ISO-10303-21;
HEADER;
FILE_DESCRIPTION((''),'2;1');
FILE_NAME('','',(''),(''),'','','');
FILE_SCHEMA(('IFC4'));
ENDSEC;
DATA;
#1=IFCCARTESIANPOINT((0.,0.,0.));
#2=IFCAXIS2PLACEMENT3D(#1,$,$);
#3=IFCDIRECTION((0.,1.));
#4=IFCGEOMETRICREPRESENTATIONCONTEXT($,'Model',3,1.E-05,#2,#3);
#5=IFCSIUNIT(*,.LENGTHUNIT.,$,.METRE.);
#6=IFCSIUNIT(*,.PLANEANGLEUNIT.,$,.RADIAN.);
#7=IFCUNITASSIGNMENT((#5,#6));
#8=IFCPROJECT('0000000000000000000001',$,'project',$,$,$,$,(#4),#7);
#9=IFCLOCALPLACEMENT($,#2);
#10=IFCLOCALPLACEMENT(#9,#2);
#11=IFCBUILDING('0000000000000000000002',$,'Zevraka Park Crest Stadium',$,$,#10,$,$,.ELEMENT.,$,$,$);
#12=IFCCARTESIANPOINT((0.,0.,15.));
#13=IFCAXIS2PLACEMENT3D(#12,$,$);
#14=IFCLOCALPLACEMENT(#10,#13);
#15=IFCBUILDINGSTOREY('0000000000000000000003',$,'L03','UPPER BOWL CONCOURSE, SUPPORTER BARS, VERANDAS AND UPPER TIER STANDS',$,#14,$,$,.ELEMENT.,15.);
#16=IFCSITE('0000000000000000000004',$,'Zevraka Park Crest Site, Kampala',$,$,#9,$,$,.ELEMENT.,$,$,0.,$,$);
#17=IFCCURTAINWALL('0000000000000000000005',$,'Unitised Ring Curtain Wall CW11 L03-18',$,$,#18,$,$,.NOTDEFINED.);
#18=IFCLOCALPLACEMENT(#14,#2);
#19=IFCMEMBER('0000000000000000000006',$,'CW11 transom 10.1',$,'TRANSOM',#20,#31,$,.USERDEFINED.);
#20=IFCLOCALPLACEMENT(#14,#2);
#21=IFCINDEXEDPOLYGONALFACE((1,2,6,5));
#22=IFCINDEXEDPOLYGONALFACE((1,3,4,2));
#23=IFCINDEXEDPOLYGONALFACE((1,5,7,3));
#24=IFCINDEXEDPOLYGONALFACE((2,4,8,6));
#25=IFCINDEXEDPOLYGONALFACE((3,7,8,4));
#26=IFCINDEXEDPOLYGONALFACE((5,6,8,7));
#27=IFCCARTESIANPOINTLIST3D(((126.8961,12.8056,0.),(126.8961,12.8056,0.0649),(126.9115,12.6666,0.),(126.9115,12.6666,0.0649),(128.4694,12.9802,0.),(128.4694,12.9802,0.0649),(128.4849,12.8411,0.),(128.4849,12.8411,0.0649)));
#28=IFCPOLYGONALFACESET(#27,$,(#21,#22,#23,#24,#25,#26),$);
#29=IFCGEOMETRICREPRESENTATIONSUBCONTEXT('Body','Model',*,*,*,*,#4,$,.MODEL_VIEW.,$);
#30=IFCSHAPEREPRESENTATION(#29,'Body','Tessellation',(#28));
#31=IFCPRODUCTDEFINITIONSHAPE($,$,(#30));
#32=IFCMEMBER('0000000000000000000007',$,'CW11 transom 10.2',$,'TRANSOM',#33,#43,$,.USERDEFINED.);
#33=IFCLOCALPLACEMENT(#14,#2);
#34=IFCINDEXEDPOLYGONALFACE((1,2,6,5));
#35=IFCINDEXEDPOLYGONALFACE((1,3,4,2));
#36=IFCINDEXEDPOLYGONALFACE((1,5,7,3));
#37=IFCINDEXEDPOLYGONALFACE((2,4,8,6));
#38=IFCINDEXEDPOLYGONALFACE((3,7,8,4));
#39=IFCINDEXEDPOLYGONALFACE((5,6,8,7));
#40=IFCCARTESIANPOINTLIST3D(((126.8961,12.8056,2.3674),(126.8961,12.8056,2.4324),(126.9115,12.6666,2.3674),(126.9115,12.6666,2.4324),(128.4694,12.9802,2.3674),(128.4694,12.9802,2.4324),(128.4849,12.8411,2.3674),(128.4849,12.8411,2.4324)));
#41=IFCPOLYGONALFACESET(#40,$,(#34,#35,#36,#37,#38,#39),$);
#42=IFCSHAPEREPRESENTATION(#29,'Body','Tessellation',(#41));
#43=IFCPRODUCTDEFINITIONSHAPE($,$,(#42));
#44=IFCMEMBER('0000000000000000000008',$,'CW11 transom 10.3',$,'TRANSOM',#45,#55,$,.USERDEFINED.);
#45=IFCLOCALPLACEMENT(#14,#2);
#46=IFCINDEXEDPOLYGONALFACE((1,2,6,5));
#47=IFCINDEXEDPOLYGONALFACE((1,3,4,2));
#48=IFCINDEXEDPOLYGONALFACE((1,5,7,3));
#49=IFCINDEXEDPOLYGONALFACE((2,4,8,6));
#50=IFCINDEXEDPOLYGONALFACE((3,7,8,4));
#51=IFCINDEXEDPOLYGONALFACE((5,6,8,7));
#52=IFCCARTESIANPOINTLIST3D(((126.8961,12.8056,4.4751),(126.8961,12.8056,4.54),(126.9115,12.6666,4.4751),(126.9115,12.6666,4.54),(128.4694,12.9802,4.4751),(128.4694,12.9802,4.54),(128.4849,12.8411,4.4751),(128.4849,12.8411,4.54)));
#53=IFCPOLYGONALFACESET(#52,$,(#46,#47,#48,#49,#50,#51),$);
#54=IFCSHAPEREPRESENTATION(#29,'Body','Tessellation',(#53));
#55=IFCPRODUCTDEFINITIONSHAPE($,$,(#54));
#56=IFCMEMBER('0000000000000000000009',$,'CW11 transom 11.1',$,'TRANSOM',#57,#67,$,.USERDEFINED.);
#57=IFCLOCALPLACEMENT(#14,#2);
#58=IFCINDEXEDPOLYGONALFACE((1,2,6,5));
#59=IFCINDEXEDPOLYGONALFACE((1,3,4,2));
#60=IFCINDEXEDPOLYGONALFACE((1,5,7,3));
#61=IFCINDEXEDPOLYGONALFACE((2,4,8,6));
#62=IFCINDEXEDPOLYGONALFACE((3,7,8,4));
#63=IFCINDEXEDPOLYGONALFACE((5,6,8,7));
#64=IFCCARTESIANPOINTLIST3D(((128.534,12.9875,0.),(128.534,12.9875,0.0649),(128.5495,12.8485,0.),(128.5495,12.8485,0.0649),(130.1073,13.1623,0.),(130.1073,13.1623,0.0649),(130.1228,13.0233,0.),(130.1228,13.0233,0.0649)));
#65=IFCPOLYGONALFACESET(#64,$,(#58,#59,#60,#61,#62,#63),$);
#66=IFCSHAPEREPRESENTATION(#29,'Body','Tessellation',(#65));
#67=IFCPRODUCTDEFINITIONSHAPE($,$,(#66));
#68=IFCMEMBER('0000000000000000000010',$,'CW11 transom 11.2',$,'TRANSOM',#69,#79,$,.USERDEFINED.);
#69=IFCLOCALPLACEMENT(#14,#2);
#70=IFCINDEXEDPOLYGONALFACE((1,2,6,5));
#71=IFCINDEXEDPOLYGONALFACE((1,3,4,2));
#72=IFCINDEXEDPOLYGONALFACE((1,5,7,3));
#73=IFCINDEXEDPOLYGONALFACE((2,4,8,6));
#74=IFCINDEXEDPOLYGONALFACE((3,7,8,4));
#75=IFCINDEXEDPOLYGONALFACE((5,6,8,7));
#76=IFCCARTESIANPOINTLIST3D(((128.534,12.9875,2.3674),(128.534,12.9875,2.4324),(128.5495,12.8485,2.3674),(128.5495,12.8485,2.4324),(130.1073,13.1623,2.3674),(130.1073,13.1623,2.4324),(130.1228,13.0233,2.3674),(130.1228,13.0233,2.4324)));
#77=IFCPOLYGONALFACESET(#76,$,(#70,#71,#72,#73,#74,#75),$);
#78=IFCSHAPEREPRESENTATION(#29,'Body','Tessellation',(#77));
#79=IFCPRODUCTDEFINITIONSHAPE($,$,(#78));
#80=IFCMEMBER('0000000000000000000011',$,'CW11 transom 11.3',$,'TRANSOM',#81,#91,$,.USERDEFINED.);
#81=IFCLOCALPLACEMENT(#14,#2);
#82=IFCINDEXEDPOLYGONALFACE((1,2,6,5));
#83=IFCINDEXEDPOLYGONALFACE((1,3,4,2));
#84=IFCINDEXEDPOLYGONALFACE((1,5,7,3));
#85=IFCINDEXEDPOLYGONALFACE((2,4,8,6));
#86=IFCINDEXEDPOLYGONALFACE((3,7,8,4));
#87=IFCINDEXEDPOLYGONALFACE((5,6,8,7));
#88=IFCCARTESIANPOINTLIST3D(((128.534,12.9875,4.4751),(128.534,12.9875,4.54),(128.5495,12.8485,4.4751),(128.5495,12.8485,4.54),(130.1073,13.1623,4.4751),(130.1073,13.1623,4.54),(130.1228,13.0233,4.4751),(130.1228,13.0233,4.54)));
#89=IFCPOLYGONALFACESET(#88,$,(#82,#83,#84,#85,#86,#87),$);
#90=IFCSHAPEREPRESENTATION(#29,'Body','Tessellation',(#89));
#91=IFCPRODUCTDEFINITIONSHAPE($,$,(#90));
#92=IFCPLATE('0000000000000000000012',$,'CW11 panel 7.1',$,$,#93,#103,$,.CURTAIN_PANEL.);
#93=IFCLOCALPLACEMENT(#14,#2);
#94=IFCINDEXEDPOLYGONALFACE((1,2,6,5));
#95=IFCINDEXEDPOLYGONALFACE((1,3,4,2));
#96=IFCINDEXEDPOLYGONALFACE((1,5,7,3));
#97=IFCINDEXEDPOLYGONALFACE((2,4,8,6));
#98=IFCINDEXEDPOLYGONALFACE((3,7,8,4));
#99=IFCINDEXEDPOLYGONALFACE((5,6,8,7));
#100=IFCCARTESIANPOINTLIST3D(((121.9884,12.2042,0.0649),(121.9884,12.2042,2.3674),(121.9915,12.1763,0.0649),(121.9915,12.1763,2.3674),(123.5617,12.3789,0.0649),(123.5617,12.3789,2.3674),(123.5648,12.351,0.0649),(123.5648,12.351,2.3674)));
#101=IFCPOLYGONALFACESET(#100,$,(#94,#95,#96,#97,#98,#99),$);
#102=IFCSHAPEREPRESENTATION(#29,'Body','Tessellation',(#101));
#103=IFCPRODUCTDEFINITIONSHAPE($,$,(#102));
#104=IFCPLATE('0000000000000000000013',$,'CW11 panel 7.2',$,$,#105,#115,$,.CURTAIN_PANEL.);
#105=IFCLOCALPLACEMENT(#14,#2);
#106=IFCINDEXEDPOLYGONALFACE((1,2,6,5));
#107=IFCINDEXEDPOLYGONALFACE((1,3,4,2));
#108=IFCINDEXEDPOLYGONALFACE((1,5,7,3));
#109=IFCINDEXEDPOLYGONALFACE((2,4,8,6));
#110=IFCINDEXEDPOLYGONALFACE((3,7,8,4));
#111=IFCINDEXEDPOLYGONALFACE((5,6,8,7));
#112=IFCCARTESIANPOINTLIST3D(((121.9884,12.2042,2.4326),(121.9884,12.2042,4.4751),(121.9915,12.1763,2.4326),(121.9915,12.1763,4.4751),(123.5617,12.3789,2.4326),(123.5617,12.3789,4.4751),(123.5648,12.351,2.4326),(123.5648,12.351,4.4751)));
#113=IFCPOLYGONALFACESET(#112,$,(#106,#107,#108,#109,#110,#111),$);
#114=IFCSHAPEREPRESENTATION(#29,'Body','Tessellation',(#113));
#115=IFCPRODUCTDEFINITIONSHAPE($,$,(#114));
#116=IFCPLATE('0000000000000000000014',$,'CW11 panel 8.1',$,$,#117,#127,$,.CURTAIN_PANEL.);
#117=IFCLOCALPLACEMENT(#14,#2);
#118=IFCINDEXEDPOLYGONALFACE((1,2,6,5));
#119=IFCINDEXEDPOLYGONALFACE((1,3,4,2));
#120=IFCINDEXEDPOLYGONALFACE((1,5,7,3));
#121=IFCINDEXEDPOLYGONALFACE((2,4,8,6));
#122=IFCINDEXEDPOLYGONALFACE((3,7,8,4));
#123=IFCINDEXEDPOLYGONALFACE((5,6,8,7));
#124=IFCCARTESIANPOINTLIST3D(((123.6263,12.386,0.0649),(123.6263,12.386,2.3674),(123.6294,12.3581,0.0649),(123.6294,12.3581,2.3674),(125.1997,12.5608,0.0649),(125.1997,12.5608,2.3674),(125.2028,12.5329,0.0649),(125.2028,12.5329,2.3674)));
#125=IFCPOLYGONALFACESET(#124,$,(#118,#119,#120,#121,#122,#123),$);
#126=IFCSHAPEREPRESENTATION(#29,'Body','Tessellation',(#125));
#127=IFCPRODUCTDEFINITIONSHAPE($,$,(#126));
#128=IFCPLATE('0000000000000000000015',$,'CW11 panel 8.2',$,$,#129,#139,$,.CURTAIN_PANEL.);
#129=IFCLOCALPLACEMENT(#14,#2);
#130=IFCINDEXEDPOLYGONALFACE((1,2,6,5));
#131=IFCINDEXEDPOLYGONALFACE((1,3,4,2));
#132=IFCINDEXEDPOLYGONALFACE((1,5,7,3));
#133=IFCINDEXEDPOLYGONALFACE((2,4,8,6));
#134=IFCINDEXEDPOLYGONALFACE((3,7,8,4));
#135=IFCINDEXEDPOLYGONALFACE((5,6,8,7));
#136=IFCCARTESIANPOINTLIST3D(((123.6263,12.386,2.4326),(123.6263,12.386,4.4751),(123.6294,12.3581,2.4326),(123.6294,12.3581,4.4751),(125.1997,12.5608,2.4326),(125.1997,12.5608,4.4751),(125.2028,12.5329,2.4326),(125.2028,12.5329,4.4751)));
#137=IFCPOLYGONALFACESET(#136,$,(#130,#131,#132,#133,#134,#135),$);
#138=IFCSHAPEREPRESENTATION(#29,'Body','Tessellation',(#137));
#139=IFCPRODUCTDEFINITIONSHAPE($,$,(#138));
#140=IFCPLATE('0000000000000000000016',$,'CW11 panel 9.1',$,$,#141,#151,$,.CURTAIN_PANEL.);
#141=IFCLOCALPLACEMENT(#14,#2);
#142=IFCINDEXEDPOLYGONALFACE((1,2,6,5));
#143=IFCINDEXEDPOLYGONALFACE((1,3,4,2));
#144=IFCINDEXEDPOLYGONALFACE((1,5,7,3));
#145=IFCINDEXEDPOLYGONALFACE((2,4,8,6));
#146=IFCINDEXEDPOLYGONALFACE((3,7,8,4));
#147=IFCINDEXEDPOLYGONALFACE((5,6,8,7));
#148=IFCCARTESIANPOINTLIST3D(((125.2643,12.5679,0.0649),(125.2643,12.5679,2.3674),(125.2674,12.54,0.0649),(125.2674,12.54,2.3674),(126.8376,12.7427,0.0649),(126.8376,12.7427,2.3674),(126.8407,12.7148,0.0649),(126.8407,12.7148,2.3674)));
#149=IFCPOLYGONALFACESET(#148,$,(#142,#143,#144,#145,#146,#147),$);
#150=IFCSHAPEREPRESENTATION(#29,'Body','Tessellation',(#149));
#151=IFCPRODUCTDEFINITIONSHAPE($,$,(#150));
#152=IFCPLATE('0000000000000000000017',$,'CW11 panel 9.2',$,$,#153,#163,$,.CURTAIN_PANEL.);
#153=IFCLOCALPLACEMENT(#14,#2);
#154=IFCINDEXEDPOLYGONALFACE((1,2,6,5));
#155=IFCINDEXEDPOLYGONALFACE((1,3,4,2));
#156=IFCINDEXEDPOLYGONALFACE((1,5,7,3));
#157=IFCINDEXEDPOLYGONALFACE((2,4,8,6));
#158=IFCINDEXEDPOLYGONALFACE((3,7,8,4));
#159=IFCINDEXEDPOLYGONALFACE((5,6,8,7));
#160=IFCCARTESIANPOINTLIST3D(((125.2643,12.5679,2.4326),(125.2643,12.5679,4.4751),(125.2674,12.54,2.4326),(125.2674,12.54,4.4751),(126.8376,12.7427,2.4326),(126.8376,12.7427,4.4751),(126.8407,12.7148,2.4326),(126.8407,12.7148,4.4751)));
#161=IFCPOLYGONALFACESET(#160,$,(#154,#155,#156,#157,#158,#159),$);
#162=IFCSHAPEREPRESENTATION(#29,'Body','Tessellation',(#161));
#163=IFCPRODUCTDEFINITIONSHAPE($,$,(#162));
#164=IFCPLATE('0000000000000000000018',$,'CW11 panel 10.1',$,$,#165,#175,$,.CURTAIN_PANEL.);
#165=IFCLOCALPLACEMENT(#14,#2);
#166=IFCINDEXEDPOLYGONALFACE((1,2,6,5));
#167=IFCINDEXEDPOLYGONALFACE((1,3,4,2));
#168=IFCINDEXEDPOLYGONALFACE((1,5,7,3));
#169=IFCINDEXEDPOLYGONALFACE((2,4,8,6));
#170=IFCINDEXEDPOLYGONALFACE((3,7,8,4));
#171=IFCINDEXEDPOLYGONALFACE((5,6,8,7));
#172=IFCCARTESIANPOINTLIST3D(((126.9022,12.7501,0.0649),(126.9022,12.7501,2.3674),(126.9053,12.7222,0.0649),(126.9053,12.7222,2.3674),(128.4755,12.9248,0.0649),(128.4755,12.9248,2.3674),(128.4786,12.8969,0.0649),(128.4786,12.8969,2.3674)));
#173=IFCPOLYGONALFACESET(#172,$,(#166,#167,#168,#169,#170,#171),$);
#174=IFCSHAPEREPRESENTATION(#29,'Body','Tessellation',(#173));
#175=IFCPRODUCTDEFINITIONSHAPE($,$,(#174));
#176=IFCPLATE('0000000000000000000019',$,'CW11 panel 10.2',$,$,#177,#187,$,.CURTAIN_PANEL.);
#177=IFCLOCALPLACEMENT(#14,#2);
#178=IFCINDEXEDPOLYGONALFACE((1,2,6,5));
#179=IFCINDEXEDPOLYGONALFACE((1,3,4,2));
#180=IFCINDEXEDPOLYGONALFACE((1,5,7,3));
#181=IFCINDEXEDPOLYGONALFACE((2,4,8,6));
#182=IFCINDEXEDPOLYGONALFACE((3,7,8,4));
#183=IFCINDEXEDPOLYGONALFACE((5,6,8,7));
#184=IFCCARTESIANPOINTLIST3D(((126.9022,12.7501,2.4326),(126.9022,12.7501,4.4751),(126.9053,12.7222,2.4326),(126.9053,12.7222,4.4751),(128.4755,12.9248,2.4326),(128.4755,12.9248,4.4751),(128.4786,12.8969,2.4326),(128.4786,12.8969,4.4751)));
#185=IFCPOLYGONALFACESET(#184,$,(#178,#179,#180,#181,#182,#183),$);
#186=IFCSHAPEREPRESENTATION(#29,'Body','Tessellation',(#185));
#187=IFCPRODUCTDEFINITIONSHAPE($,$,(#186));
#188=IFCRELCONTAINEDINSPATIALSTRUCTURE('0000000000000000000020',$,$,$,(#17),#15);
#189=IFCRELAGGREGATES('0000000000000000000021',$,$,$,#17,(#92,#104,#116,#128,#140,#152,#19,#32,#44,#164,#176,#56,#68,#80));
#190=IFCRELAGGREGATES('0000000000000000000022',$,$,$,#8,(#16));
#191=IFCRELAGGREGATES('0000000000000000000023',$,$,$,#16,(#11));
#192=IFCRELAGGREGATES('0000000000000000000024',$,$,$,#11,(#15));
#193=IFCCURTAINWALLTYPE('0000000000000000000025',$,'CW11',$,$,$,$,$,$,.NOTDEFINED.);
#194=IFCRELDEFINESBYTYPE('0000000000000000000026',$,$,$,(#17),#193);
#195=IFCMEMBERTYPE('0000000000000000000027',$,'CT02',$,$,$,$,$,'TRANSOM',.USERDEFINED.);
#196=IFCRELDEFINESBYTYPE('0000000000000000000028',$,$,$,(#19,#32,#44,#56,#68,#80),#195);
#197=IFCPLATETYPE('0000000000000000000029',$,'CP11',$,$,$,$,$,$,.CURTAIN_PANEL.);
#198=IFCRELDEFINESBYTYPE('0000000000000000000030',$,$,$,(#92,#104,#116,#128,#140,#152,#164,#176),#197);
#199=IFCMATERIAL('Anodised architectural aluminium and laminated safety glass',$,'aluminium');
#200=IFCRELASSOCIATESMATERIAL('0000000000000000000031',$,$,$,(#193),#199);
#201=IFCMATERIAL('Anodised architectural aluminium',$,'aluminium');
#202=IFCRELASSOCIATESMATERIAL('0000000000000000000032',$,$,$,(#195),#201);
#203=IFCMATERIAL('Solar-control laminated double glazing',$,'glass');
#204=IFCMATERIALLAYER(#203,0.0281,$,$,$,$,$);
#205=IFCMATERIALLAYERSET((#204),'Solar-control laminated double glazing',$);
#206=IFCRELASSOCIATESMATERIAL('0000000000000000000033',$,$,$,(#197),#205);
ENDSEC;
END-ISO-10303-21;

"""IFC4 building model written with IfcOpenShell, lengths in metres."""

from ifc_helpers import new_model, si_unit, direction, frame, origin, origin_2d, place, context, subcontext, project, spatial, rectangle, extrude, material, layer, layer_set, material_profile, profile_set, type_object, element, aggregate, save


model = new_model("IFC4")

# Units and contexts
model_context = context("Model", 3, precision=1e-05, world=origin(), true_north=direction((0.0, 1.0)))
body_context = subcontext(model_context, "Body", "Model", "MODEL_VIEW")
ifc_project = project(units=[si_unit("LENGTHUNIT", "METRE"), si_unit("PLANEANGLEUNIT", "RADIAN")], contexts=[model_context])

# Site, building, storey
site_placement = place(None, origin())
site = spatial("IfcSite", under=ifc_project, at=site_placement, Name="Zevraka Park Crest Site, Kampala", CompositionType="ELEMENT", RefElevation=0.0)
building_placement = place(site_placement, origin())
building = spatial("IfcBuilding", under=site, at=building_placement, Name="Zevraka Park Crest Stadium", CompositionType="ELEMENT")
storey_placement = place(building_placement, frame((0.0, 0.0, 15.0)))
storey = spatial("IfcBuildingStorey", under=building, at=storey_placement, Name="L03", Description="UPPER BOWL CONCOURSE, SUPPORTER BARS, VERANDAS AND UPPER TIER STANDS", CompositionType="ELEMENT", Elevation=15.0)

# Curtain wall, members, plates
ifc_material_1 = material(Name="Anodised architectural aluminium and laminated safety glass", Category="aluminium")
curtain_wall_type = type_object("IfcCurtainWallType", Name="CW11", PredefinedType="NOTDEFINED", material=ifc_material_1)
curtain_wall_placement = place(storey_placement, origin())
curtain_wall = element("IfcCurtainWall", 1, at=curtain_wall_placement, inside=storey, type_object=curtain_wall_type, Name="Unitised Ring Curtain Wall CW11 L03-18", PredefinedType="NOTDEFINED")
ifc_material_2 = material(Name="Anodised architectural aluminium", Category="aluminium")
ifc_material_profile_1 = material_profile(ifc_material_2, rectangle(XDim=0.1399, YDim=0.0649, at=origin_2d()), Name="ALU TRANSOM 140x65")
ifc_profile_set_1 = profile_set([ifc_material_profile_1], Name="Anodised architectural aluminium")
member_type_1 = type_object("IfcMemberType", Name="CT02", ElementType="TRANSOM", PredefinedType="USERDEFINED", material=ifc_profile_set_1)
member_1_placement = place(storey_placement, frame((126.9038, 12.7361, 0.0325), z_axis=(0.993901, 0.110279, 0.0), x_axis=(-0.110279, 0.993901, 0.0)))
member_1 = element("IfcMember", 2, at=member_1_placement, type_object=member_type_1, Name="CW11 transom 10.1", ObjectType="TRANSOM", PredefinedType="USERDEFINED", context=body_context, shape_type="SweptSolid", body=[
    extrude(rectangle(XDim=0.1399, YDim=0.0649, at=origin_2d()), origin(), (0.0, 0.0, 1.0), 1.583),
])
member_2_placement = place(storey_placement, frame((126.9038, 12.7361, 2.3999), z_axis=(0.993901, 0.110279, 0.0), x_axis=(-0.110279, 0.993901, 0.0)))
member_2 = element("IfcMember", 3, at=member_2_placement, type_object=member_type_1, Name="CW11 transom 10.2", ObjectType="TRANSOM", PredefinedType="USERDEFINED", context=body_context, shape_type="SweptSolid", body=[
    extrude(rectangle(XDim=0.1399, YDim=0.0649, at=origin_2d()), origin(), (0.0, 0.0, 1.0), 1.583),
])
member_3_placement = place(storey_placement, frame((126.9038, 12.7361, 4.5076), z_axis=(0.993901, 0.110279, 0.0), x_axis=(-0.110279, 0.993901, 0.0)))
member_3 = element("IfcMember", 4, at=member_3_placement, type_object=member_type_1, Name="CW11 transom 10.3", ObjectType="TRANSOM", PredefinedType="USERDEFINED", context=body_context, shape_type="SweptSolid", body=[
    extrude(rectangle(XDim=0.1399, YDim=0.0649, at=origin_2d()), origin(), (0.0, 0.0, 1.0), 1.583),
])
member_4_placement = place(storey_placement, frame((128.5417, 12.918, 0.0325), z_axis=(0.993884, 0.110432, 0.0), x_axis=(-0.110432, 0.993884, 0.0)))
member_4 = element("IfcMember", 5, at=member_4_placement, type_object=member_type_1, Name="CW11 transom 11.1", ObjectType="TRANSOM", PredefinedType="USERDEFINED", context=body_context, shape_type="SweptSolid", body=[
    extrude(rectangle(XDim=0.1399, YDim=0.0649, at=origin_2d()), origin(), (0.0, 0.0, 1.0), 1.583),
])
member_5_placement = place(storey_placement, frame((128.5417, 12.918, 2.3999), z_axis=(0.993884, 0.110432, 0.0), x_axis=(-0.110432, 0.993884, 0.0)))
member_5 = element("IfcMember", 6, at=member_5_placement, type_object=member_type_1, Name="CW11 transom 11.2", ObjectType="TRANSOM", PredefinedType="USERDEFINED", context=body_context, shape_type="SweptSolid", body=[
    extrude(rectangle(XDim=0.1399, YDim=0.0649, at=origin_2d()), origin(), (0.0, 0.0, 1.0), 1.583),
])
member_6_placement = place(storey_placement, frame((128.5417, 12.918, 4.5076), z_axis=(0.993884, 0.110432, 0.0), x_axis=(-0.110432, 0.993884, 0.0)))
member_6 = element("IfcMember", 7, at=member_6_placement, type_object=member_type_1, Name="CW11 transom 11.3", ObjectType="TRANSOM", PredefinedType="USERDEFINED", context=body_context, shape_type="SweptSolid", body=[
    extrude(rectangle(XDim=0.1399, YDim=0.0649, at=origin_2d()), origin(), (0.0, 0.0, 1.0), 1.583),
])
ifc_material_3 = material(Name="Solar-control laminated double glazing", Category="glass")
ifc_layer_1 = layer(ifc_material_3, 0.0281)
ifc_layer_set_1 = layer_set([ifc_layer_1], Name="Solar-control laminated double glazing")
plate_type = type_object("IfcPlateType", Name="CP11", PredefinedType="CURTAIN_PANEL", material=ifc_layer_set_1)
plate_1_placement = place(storey_placement, frame((122.7766, 12.2776, 0.0649), z_axis=(0.0, 0.0, 1.0), x_axis=(0.993888, 0.110396, 0.0)))
plate_1 = element("IfcPlate", 8, at=plate_1_placement, type_object=plate_type, Name="CW11 panel 7.1", PredefinedType="CURTAIN_PANEL", context=body_context, shape_type="SweptSolid", body=[
    extrude(rectangle(XDim=1.583, YDim=0.0281, at=origin_2d()), origin(), (0.0, 0.0, 1.0), 2.3025),
])
plate_2_placement = place(storey_placement, frame((122.7766, 12.2776, 2.4326), z_axis=(0.0, 0.0, 1.0), x_axis=(0.993888, 0.110396, 0.0)))
plate_2 = element("IfcPlate", 9, at=plate_2_placement, type_object=plate_type, Name="CW11 panel 7.2", PredefinedType="CURTAIN_PANEL", context=body_context, shape_type="SweptSolid", body=[
    extrude(rectangle(XDim=1.583, YDim=0.0281, at=origin_2d()), origin(), (0.0, 0.0, 1.0), 2.0425),
])
plate_3_placement = place(storey_placement, frame((124.4146, 12.4595, 0.0649), z_axis=(0.0, 0.0, 1.0), x_axis=(0.993888, 0.110396, 0.0)))
plate_3 = element("IfcPlate", 10, at=plate_3_placement, type_object=plate_type, Name="CW11 panel 8.1", PredefinedType="CURTAIN_PANEL", context=body_context, shape_type="SweptSolid", body=[
    extrude(rectangle(XDim=1.583, YDim=0.0281, at=origin_2d()), origin(), (0.0, 0.0, 1.0), 2.3025),
])
plate_4_placement = place(storey_placement, frame((124.4146, 12.4595, 2.4326), z_axis=(0.0, 0.0, 1.0), x_axis=(0.993888, 0.110396, 0.0)))
plate_4 = element("IfcPlate", 11, at=plate_4_placement, type_object=plate_type, Name="CW11 panel 8.2", PredefinedType="CURTAIN_PANEL", context=body_context, shape_type="SweptSolid", body=[
    extrude(rectangle(XDim=1.583, YDim=0.0281, at=origin_2d()), origin(), (0.0, 0.0, 1.0), 2.0425),
])
plate_5_placement = place(storey_placement, frame((126.0525, 12.6414, 0.0649), z_axis=(0.0, 0.0, 1.0), x_axis=(0.993888, 0.110396, 0.0)))
plate_5 = element("IfcPlate", 12, at=plate_5_placement, type_object=plate_type, Name="CW11 panel 9.1", PredefinedType="CURTAIN_PANEL", context=body_context, shape_type="SweptSolid", body=[
    extrude(rectangle(XDim=1.583, YDim=0.0281, at=origin_2d()), origin(), (0.0, 0.0, 1.0), 2.3025),
])
plate_6_placement = place(storey_placement, frame((126.0525, 12.6414, 2.4326), z_axis=(0.0, 0.0, 1.0), x_axis=(0.993888, 0.110396, 0.0)))
plate_6 = element("IfcPlate", 13, at=plate_6_placement, type_object=plate_type, Name="CW11 panel 9.2", PredefinedType="CURTAIN_PANEL", context=body_context, shape_type="SweptSolid", body=[
    extrude(rectangle(XDim=1.583, YDim=0.0281, at=origin_2d()), origin(), (0.0, 0.0, 1.0), 2.0425),
])
plate_7_placement = place(storey_placement, frame((127.6904, 12.8235, 0.0649), z_axis=(0.0, 0.0, 1.0), x_axis=(0.993888, 0.110396, 0.0)))
plate_7 = element("IfcPlate", 14, at=plate_7_placement, type_object=plate_type, Name="CW11 panel 10.1", PredefinedType="CURTAIN_PANEL", context=body_context, shape_type="SweptSolid", body=[
    extrude(rectangle(XDim=1.583, YDim=0.0281, at=origin_2d()), origin(), (0.0, 0.0, 1.0), 2.3025),
])
plate_8_placement = place(storey_placement, frame((127.6904, 12.8235, 2.4326), z_axis=(0.0, 0.0, 1.0), x_axis=(0.993888, 0.110396, 0.0)))
plate_8 = element("IfcPlate", 15, at=plate_8_placement, type_object=plate_type, Name="CW11 panel 10.2", PredefinedType="CURTAIN_PANEL", context=body_context, shape_type="SweptSolid", body=[
    extrude(rectangle(XDim=1.583, YDim=0.0281, at=origin_2d()), origin(), (0.0, 0.0, 1.0), 2.0425),
])
aggregate(curtain_wall, [plate_1, plate_2, plate_3, plate_4, plate_5, plate_6, member_1, member_2, member_3, plate_7, plate_8, member_4, member_5, member_6])

save(model, "model.ifc")
